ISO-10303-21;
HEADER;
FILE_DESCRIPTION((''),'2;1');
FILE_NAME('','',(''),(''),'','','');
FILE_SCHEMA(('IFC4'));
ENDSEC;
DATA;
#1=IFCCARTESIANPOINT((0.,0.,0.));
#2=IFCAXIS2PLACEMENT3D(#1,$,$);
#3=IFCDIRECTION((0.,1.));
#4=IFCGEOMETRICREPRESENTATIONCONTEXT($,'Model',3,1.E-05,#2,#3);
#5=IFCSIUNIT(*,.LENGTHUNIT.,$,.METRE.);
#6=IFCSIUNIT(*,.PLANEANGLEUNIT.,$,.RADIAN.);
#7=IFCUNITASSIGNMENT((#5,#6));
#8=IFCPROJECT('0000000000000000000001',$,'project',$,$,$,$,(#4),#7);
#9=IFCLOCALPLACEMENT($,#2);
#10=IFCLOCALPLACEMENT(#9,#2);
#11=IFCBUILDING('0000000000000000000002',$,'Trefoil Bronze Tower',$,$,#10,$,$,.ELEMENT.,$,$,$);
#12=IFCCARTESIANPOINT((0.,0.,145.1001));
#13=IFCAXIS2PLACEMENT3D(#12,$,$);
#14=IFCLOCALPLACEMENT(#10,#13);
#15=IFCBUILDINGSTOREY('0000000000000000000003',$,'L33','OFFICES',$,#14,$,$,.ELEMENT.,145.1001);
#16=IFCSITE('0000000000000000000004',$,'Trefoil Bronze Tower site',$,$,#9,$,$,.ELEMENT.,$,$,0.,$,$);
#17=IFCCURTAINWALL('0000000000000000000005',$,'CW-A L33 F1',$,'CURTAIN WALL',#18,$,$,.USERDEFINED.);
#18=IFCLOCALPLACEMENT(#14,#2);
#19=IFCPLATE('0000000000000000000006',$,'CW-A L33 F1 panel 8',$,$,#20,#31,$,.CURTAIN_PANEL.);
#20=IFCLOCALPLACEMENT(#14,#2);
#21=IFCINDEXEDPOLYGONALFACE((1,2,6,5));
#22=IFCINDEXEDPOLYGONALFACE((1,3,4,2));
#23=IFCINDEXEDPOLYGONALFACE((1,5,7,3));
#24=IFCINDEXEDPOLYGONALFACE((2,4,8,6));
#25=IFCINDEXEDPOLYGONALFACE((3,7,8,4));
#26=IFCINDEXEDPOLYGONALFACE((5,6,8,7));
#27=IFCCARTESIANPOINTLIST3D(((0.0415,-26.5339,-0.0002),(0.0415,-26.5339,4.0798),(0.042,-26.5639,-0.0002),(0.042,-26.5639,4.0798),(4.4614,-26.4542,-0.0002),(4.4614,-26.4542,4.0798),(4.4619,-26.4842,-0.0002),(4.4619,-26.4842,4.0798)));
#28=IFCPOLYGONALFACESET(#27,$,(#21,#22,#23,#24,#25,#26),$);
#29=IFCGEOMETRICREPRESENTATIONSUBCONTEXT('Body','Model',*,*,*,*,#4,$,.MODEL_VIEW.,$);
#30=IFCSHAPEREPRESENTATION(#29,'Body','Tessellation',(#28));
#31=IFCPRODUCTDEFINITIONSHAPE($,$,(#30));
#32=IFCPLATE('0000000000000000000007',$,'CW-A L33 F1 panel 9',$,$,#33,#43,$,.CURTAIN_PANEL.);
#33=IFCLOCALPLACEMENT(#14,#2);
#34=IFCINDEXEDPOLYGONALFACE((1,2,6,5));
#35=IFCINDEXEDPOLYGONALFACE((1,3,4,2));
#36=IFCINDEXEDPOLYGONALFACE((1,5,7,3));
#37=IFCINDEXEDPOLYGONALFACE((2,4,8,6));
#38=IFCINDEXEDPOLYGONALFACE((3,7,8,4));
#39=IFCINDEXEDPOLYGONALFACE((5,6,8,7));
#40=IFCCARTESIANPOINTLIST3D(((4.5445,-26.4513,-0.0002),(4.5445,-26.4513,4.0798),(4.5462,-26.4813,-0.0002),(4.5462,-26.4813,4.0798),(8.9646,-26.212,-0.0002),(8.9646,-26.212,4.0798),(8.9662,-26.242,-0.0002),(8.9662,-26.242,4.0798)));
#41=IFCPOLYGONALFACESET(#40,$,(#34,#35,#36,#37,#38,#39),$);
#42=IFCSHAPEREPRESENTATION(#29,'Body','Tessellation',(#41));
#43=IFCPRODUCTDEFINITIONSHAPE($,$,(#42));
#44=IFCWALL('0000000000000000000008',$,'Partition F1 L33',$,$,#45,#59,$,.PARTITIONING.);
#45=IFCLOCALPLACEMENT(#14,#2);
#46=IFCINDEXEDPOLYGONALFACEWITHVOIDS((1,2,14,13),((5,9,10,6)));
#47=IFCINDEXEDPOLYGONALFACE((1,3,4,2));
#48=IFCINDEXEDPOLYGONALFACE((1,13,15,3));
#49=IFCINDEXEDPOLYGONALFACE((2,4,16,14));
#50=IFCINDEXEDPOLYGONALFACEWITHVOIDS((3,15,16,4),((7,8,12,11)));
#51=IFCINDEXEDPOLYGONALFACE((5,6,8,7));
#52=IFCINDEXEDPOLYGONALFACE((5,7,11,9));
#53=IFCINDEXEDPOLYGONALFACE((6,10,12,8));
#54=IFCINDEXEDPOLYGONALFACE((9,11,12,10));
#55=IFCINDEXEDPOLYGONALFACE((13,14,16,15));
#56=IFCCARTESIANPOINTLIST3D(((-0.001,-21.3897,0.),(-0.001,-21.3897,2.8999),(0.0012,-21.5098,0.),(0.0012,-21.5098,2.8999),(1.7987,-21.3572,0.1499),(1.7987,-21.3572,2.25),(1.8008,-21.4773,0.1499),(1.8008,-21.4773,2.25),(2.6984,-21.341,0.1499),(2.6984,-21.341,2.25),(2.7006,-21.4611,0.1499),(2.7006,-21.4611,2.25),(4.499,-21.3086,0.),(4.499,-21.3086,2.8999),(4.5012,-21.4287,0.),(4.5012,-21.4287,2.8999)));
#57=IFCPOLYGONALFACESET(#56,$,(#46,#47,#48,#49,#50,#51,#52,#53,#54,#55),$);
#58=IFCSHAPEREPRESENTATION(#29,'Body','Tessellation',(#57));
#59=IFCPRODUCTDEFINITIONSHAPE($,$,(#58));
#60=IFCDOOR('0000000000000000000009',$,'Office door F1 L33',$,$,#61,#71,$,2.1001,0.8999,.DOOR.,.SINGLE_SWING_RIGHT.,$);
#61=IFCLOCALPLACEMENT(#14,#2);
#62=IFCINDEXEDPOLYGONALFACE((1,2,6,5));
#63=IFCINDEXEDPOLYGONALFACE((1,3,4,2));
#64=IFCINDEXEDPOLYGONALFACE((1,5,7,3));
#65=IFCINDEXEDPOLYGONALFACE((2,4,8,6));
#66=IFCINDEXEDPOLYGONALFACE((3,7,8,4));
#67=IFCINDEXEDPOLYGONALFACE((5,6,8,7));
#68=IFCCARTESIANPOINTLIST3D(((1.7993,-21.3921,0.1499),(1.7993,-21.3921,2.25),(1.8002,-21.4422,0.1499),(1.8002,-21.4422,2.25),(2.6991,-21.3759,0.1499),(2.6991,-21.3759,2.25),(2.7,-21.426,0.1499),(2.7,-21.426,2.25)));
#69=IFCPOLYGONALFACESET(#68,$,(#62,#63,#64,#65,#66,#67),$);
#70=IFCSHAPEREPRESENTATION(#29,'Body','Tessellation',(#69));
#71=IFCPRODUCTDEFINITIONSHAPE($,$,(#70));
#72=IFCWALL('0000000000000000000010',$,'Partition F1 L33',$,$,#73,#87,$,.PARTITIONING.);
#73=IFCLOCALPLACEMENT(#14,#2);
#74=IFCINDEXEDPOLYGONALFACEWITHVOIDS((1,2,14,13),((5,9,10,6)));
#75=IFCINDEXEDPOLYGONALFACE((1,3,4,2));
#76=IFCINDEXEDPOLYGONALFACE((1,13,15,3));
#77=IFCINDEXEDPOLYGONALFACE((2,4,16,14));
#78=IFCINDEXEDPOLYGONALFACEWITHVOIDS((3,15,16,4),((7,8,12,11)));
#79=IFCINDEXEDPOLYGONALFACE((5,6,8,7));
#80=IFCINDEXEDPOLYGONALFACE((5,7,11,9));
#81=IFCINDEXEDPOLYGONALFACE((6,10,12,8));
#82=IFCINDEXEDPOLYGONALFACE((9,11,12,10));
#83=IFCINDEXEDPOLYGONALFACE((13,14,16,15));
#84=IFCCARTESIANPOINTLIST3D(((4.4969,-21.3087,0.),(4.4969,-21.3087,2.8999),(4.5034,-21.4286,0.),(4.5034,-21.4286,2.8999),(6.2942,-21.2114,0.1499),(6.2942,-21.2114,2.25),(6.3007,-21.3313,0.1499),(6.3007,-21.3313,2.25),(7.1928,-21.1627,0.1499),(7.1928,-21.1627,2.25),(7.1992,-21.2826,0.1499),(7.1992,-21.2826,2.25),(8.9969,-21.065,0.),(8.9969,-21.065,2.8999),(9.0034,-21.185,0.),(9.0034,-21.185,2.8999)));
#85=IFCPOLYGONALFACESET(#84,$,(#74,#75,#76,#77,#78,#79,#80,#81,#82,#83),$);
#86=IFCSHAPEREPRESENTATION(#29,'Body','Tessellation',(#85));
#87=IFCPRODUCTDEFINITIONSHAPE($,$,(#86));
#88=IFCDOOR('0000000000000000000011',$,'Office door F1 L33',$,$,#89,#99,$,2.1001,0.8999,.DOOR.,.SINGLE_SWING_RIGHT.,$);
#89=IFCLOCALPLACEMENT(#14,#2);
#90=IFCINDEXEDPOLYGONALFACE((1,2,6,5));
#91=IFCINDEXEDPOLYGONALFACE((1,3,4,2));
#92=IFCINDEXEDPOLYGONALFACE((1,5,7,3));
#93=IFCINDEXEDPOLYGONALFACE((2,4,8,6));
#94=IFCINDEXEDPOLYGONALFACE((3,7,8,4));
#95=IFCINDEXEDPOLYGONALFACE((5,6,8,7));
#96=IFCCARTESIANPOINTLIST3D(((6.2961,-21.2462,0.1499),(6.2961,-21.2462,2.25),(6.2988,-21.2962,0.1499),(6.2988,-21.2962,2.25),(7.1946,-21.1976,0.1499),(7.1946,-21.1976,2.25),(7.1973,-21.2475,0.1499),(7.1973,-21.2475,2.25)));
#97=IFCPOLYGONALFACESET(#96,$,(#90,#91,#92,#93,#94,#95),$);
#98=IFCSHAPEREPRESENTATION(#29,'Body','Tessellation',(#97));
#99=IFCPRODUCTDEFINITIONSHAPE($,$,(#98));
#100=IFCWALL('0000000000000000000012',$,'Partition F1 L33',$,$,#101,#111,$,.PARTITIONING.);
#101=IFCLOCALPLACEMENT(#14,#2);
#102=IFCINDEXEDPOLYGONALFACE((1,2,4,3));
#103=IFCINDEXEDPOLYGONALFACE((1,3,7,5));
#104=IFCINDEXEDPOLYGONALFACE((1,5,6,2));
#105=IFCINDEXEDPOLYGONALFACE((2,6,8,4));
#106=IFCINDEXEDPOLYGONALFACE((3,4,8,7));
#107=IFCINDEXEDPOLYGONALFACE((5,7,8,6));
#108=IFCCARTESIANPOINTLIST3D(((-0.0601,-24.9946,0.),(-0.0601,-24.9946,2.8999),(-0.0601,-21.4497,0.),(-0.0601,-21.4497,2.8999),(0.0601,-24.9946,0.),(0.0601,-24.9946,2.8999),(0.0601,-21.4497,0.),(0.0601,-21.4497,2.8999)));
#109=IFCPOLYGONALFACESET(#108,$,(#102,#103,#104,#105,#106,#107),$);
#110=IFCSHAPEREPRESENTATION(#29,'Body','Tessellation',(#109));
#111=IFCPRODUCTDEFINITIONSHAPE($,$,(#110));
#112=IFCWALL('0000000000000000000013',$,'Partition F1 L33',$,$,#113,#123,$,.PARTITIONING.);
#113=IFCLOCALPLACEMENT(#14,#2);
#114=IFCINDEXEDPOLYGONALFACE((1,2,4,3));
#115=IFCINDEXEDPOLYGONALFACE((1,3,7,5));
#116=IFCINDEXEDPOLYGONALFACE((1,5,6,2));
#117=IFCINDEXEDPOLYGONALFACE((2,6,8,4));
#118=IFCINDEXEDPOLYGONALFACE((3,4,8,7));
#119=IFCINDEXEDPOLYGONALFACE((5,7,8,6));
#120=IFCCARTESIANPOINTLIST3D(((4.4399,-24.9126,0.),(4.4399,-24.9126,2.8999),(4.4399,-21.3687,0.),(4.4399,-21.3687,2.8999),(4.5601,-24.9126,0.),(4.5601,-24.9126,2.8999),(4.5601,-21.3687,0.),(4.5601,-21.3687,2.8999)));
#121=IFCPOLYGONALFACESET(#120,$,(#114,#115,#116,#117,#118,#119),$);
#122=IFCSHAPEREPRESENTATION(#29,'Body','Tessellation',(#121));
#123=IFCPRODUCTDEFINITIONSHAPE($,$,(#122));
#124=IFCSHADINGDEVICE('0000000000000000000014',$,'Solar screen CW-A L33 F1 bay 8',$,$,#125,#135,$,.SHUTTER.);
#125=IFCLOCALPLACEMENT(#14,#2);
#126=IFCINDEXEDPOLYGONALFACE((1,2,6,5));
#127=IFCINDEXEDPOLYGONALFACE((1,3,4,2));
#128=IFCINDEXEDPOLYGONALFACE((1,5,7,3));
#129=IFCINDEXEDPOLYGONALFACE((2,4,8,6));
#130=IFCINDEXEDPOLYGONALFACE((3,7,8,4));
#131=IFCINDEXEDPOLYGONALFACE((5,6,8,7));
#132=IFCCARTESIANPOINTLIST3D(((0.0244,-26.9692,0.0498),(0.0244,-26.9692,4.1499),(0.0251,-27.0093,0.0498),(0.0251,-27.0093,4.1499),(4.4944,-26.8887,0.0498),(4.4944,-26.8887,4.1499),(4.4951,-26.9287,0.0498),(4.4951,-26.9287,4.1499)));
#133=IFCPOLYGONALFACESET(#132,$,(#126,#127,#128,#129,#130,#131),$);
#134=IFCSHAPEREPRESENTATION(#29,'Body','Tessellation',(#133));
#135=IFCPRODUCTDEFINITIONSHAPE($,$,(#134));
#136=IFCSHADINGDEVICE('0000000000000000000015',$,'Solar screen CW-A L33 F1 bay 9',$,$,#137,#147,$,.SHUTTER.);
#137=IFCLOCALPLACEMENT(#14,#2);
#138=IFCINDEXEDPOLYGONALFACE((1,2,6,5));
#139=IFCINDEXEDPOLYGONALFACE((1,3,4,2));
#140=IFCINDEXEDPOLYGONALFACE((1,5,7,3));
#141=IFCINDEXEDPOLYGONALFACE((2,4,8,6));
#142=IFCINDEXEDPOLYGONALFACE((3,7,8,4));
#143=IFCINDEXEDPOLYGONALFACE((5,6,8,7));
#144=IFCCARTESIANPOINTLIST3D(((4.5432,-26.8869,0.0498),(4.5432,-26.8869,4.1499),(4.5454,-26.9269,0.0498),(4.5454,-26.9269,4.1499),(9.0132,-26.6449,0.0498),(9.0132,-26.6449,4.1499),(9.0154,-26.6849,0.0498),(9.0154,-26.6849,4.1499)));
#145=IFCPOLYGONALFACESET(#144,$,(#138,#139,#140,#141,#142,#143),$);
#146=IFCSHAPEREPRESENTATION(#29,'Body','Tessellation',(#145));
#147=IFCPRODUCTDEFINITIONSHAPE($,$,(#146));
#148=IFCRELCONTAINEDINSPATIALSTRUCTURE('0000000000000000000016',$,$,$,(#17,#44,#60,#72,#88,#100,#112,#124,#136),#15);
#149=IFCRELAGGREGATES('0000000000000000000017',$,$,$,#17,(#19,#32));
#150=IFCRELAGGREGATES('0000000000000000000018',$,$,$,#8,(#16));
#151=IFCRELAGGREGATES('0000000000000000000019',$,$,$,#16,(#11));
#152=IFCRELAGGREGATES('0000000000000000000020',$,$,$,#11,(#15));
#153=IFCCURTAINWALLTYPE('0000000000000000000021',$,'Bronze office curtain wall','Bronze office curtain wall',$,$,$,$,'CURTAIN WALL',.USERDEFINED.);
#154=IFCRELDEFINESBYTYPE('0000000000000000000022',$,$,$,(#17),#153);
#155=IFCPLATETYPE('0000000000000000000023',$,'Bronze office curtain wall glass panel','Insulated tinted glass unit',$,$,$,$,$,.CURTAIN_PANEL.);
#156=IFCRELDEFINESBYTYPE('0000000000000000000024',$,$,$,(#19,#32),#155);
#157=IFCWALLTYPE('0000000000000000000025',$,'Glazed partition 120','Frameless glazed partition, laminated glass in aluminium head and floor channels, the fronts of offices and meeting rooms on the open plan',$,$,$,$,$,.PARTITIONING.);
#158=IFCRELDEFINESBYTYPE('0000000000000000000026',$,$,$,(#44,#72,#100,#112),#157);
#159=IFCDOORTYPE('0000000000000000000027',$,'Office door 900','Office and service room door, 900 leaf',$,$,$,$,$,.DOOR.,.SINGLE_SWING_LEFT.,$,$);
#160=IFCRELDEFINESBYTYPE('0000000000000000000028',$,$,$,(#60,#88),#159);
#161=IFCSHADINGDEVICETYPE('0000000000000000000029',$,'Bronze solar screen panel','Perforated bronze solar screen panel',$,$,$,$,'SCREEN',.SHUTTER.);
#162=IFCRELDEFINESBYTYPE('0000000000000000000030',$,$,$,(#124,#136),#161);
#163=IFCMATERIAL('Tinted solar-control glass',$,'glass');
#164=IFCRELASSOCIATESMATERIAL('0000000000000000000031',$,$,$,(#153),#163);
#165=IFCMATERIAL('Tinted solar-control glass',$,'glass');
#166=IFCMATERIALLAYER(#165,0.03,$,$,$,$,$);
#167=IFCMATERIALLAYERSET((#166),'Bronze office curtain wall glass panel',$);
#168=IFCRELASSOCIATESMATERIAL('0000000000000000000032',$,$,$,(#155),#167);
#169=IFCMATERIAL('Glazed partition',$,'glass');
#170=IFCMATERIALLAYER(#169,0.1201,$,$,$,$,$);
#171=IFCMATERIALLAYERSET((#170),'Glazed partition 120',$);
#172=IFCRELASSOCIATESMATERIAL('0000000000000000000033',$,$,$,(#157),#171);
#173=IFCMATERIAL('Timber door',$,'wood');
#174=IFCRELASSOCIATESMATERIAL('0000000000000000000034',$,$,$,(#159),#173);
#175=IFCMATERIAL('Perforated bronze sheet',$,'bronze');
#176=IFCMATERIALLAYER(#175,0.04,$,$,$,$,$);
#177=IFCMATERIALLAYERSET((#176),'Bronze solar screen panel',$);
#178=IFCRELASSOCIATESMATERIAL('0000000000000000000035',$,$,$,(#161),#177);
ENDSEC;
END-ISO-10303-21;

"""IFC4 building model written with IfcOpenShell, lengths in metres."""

from ifc_helpers import new_model, si_unit, direction, frame, frame_2d, origin, origin_2d, place, context, subcontext, project, spatial, rectangle, extrude, material, layer, layer_set, type_object, element, fill, aggregate, save


model = new_model("IFC4")

# Units and contexts
model_context = context("Model", 3, precision=1e-05, world=origin(), true_north=direction((0.0, 1.0)))
body_context = subcontext(model_context, "Body", "Model", "MODEL_VIEW")
ifc_project = project(units=[si_unit("LENGTHUNIT", "METRE"), si_unit("PLANEANGLEUNIT", "RADIAN")], contexts=[model_context])

# Site, building, storey
site_placement = place(None, origin())
site = spatial("IfcSite", under=ifc_project, at=site_placement, Name="Trefoil Bronze Tower site", CompositionType="ELEMENT", RefElevation=0.0)
building_placement = place(site_placement, origin())
building = spatial("IfcBuilding", under=site, at=building_placement, Name="Trefoil Bronze Tower", CompositionType="ELEMENT")
storey_placement = place(building_placement, frame((0.0, 0.0, 145.1001)))
storey = spatial("IfcBuildingStorey", under=building, at=storey_placement, Name="L33", Description="OFFICES", CompositionType="ELEMENT", Elevation=145.1001)

# Curtain wall
ifc_material_1 = material(Name="Tinted solar-control glass", Category="glass")
curtain_wall_type = type_object("IfcCurtainWallType", Name="Bronze office curtain wall", Description="Bronze office curtain wall", ElementType="CURTAIN WALL", PredefinedType="USERDEFINED", material=ifc_material_1)
curtain_wall_placement = place(storey_placement, origin())
curtain_wall = element("IfcCurtainWall", 1, at=curtain_wall_placement, inside=storey, type_object=curtain_wall_type, Name="CW-A L33 F1", ObjectType="CURTAIN WALL", PredefinedType="USERDEFINED")

# Plates
ifc_material_2 = material(Name="Tinted solar-control glass", Category="glass")
ifc_layer_1 = layer(ifc_material_2, 0.03)
ifc_layer_set_1 = layer_set([ifc_layer_1], Name="Bronze office curtain wall glass panel")
plate_type = type_object("IfcPlateType", Name="Bronze office curtain wall glass panel", Description="Insulated tinted glass unit", PredefinedType="CURTAIN_PANEL", material=ifc_layer_set_1)
plate_1_placement = place(storey_placement, frame((2.2517, -26.509, -0.0002), z_axis=(0.0, 0.0, 1.0), x_axis=(0.999838, 0.018021, 0.0)))
plate_1 = element("IfcPlate", 2, at=plate_1_placement, type_object=plate_type, Name="CW-A L33 F1 panel 8", PredefinedType="CURTAIN_PANEL", context=body_context, shape_type="SweptSolid", body=[
    extrude(rectangle(XDim=4.4207, YDim=0.03, at=origin_2d()), origin(), (0.0, 0.0, 1.0), 4.0801),
])
plate_2_placement = place(storey_placement, frame((6.7554, -26.3467, -0.0002), z_axis=(0.0, 0.0, 1.0), x_axis=(0.998538, 0.054063, 0.0)))
plate_2 = element("IfcPlate", 3, at=plate_2_placement, type_object=plate_type, Name="CW-A L33 F1 panel 9", PredefinedType="CURTAIN_PANEL", context=body_context, shape_type="SweptSolid", body=[
    extrude(rectangle(XDim=4.4265, YDim=0.03, at=origin_2d()), origin(), (0.0, 0.0, 1.0), 4.0801),
])
aggregate(curtain_wall, [plate_1, plate_2])

# Walls, openings, doors
ifc_material_3 = material(Name="Glazed partition", Category="glass")
ifc_layer_2 = layer(ifc_material_3, 0.1201)
ifc_layer_set_2 = layer_set([ifc_layer_2], Name="Glazed partition 120")
wall_type = type_object("IfcWallType", Name="Glazed partition 120", Description="Frameless glazed partition, laminated glass in aluminium head and floor channels, the fronts of offices and meeting rooms on the open plan", PredefinedType="PARTITIONING", material=ifc_layer_set_2)
wall_1_placement = place(storey_placement, frame((0.0, -21.4497, 0.0), z_axis=(0.0, 0.0, 1.0), x_axis=(0.999838, 0.018009, 0.0)))
wall_1 = element("IfcWall", 4, at=wall_1_placement, inside=storey, type_object=wall_type, Name="Partition F1 L33", PredefinedType="PARTITIONING", context=body_context, shape_type="SweptSolid", body=[
    extrude(rectangle(XDim=4.5007, YDim=0.1201, at=frame_2d((2.2505, 0.0))), origin(), (0.0, 0.0, 1.0), 2.8999),
])
opening_1_placement = place(wall_1_placement, frame((1.8, 0.0, 0.1499)))
opening_1 = element("IfcOpeningElement", 5, at=opening_1_placement, cuts=wall_1, PredefinedType="OPENING", context=body_context, shape_type="SweptSolid", body=[
    extrude(rectangle(XDim=0.8999, YDim=2.1001, at=frame_2d((0.45, 1.05))), frame((0.0, 0.0701, 0.0), z_axis=(0.0, -1.0, 0.0), x_axis=(1.0, 0.0, 0.0)), (0.0, 0.0, 1.0), 0.1401),
])
ifc_material_4 = material(Name="Timber door", Category="wood")
door_type = type_object("IfcDoorType", Name="Office door 900", Description="Office and service room door, 900 leaf", OperationType="SINGLE_SWING_LEFT", PredefinedType="DOOR", material=ifc_material_4)
door_1_placement = place(opening_1_placement, frame((0.8999, 0.0, 0.0), z_axis=(0.0, 0.0, 1.0), x_axis=(-1.0, 0.0, 0.0)))
door_1 = element("IfcDoor", 6, at=door_1_placement, inside=storey, type_object=door_type, Name="Office door F1 L33", OperationType="SINGLE_SWING_RIGHT", OverallHeight=2.1001, OverallWidth=0.8999, PredefinedType="DOOR", context=body_context, shape_type="SweptSolid", body=[
    extrude(rectangle(XDim=0.8999, YDim=2.1001, at=frame_2d((0.45, 1.05))), frame((0.0, 0.0249, 0.0), z_axis=(0.0, -1.0, 0.0), x_axis=(1.0, 0.0, 0.0)), (0.0, 0.0, 1.0), 0.05),
])
fill(opening_1, door_1)
wall_2_placement = place(storey_placement, frame((4.5, -21.3687, 0.0), z_axis=(0.0, 0.0, 1.0), x_axis=(0.998537, 0.054066, 0.0)))
wall_2 = element("IfcWall", 7, at=wall_2_placement, inside=storey, type_object=wall_type, Name="Partition F1 L33", PredefinedType="PARTITIONING", context=body_context, shape_type="SweptSolid", body=[
    extrude(rectangle(XDim=4.5066, YDim=0.1201, at=frame_2d((2.2534, 0.0))), origin(), (0.0, 0.0, 1.0), 2.8999),
])
opening_2_placement = place(wall_2_placement, frame((1.8, 0.0, 0.1499)))
opening_2 = element("IfcOpeningElement", 8, at=opening_2_placement, cuts=wall_2, PredefinedType="OPENING", context=body_context, shape_type="SweptSolid", body=[
    extrude(rectangle(XDim=0.8999, YDim=2.1001, at=frame_2d((0.45, 1.05))), frame((0.0, 0.0701, 0.0), z_axis=(0.0, -1.0, 0.0), x_axis=(1.0, 0.0, 0.0)), (0.0, 0.0, 1.0), 0.1401),
])
door_2_placement = place(opening_2_placement, frame((0.8999, 0.0, 0.0), z_axis=(0.0, 0.0, 1.0), x_axis=(-1.0, 0.0, 0.0)))
door_2 = element("IfcDoor", 9, at=door_2_placement, inside=storey, type_object=door_type, Name="Office door F1 L33", OperationType="SINGLE_SWING_RIGHT", OverallHeight=2.1001, OverallWidth=0.8999, PredefinedType="DOOR", context=body_context, shape_type="SweptSolid", body=[
    extrude(rectangle(XDim=0.8999, YDim=2.1001, at=frame_2d((0.45, 1.05))), frame((0.0, 0.0249, 0.0), z_axis=(0.0, -1.0, 0.0), x_axis=(1.0, 0.0, 0.0)), (0.0, 0.0, 1.0), 0.05),
])
fill(opening_2, door_2)

# Walls
wall_3_placement = place(storey_placement, frame((0.0, -21.4497, 0.0), z_axis=(0.0, 0.0, 1.0), x_axis=(0.0, -1.0, 0.0)))
element("IfcWall", 10, at=wall_3_placement, inside=storey, type_object=wall_type, Name="Partition F1 L33", PredefinedType="PARTITIONING", context=body_context, shape_type="SweptSolid", body=[
    extrude(rectangle(XDim=3.5449, YDim=0.1201, at=frame_2d((1.7725, 0.0))), origin(), (0.0, 0.0, 1.0), 2.8999),
])
wall_4_placement = place(storey_placement, frame((4.5, -21.3687, 0.0), z_axis=(0.0, 0.0, 1.0), x_axis=(0.0, -1.0, 0.0)))
element("IfcWall", 11, at=wall_4_placement, inside=storey, type_object=wall_type, Name="Partition F1 L33", PredefinedType="PARTITIONING", context=body_context, shape_type="SweptSolid", body=[
    extrude(rectangle(XDim=3.5439, YDim=0.1201, at=frame_2d((1.772, 0.0))), origin(), (0.0, 0.0, 1.0), 2.8999),
])

# Shading devices
ifc_material_5 = material(Name="Perforated bronze sheet", Category="bronze")
ifc_layer_3 = layer(ifc_material_5, 0.04)
ifc_layer_set_3 = layer_set([ifc_layer_3], Name="Bronze solar screen panel")
shading_device_type = type_object("IfcShadingDeviceType", Name="Bronze solar screen panel", Description="Perforated bronze solar screen panel", ElementType="SCREEN", PredefinedType="SHUTTER", material=ifc_layer_set_3)
shading_device_1_placement = place(storey_placement, frame((2.2598, -26.949, 0.0498), z_axis=(0.0, 0.0, 1.0), x_axis=(0.999838, 0.018021, 0.0)))
element("IfcShadingDevice", 12, at=shading_device_1_placement, inside=storey, type_object=shading_device_type, Name="Solar screen CW-A L33 F1 bay 8", PredefinedType="SHUTTER", context=body_context, shape_type="SweptSolid", body=[
    extrude(rectangle(XDim=4.4707, YDim=0.04, at=origin_2d()), origin(), (0.0, 0.0, 1.0), 4.1001),
])
shading_device_2_placement = place(storey_placement, frame((6.7793, -26.7859, 0.0498), z_axis=(0.0, 0.0, 1.0), x_axis=(0.998538, 0.054063, 0.0)))
element("IfcShadingDevice", 13, at=shading_device_2_placement, inside=storey, type_object=shading_device_type, Name="Solar screen CW-A L33 F1 bay 9", PredefinedType="SHUTTER", context=body_context, shape_type="SweptSolid", body=[
    extrude(rectangle(XDim=4.4766, YDim=0.04, at=origin_2d()), origin(), (0.0, 0.0, 1.0), 4.1001),
])

save(model, "model.ifc")
